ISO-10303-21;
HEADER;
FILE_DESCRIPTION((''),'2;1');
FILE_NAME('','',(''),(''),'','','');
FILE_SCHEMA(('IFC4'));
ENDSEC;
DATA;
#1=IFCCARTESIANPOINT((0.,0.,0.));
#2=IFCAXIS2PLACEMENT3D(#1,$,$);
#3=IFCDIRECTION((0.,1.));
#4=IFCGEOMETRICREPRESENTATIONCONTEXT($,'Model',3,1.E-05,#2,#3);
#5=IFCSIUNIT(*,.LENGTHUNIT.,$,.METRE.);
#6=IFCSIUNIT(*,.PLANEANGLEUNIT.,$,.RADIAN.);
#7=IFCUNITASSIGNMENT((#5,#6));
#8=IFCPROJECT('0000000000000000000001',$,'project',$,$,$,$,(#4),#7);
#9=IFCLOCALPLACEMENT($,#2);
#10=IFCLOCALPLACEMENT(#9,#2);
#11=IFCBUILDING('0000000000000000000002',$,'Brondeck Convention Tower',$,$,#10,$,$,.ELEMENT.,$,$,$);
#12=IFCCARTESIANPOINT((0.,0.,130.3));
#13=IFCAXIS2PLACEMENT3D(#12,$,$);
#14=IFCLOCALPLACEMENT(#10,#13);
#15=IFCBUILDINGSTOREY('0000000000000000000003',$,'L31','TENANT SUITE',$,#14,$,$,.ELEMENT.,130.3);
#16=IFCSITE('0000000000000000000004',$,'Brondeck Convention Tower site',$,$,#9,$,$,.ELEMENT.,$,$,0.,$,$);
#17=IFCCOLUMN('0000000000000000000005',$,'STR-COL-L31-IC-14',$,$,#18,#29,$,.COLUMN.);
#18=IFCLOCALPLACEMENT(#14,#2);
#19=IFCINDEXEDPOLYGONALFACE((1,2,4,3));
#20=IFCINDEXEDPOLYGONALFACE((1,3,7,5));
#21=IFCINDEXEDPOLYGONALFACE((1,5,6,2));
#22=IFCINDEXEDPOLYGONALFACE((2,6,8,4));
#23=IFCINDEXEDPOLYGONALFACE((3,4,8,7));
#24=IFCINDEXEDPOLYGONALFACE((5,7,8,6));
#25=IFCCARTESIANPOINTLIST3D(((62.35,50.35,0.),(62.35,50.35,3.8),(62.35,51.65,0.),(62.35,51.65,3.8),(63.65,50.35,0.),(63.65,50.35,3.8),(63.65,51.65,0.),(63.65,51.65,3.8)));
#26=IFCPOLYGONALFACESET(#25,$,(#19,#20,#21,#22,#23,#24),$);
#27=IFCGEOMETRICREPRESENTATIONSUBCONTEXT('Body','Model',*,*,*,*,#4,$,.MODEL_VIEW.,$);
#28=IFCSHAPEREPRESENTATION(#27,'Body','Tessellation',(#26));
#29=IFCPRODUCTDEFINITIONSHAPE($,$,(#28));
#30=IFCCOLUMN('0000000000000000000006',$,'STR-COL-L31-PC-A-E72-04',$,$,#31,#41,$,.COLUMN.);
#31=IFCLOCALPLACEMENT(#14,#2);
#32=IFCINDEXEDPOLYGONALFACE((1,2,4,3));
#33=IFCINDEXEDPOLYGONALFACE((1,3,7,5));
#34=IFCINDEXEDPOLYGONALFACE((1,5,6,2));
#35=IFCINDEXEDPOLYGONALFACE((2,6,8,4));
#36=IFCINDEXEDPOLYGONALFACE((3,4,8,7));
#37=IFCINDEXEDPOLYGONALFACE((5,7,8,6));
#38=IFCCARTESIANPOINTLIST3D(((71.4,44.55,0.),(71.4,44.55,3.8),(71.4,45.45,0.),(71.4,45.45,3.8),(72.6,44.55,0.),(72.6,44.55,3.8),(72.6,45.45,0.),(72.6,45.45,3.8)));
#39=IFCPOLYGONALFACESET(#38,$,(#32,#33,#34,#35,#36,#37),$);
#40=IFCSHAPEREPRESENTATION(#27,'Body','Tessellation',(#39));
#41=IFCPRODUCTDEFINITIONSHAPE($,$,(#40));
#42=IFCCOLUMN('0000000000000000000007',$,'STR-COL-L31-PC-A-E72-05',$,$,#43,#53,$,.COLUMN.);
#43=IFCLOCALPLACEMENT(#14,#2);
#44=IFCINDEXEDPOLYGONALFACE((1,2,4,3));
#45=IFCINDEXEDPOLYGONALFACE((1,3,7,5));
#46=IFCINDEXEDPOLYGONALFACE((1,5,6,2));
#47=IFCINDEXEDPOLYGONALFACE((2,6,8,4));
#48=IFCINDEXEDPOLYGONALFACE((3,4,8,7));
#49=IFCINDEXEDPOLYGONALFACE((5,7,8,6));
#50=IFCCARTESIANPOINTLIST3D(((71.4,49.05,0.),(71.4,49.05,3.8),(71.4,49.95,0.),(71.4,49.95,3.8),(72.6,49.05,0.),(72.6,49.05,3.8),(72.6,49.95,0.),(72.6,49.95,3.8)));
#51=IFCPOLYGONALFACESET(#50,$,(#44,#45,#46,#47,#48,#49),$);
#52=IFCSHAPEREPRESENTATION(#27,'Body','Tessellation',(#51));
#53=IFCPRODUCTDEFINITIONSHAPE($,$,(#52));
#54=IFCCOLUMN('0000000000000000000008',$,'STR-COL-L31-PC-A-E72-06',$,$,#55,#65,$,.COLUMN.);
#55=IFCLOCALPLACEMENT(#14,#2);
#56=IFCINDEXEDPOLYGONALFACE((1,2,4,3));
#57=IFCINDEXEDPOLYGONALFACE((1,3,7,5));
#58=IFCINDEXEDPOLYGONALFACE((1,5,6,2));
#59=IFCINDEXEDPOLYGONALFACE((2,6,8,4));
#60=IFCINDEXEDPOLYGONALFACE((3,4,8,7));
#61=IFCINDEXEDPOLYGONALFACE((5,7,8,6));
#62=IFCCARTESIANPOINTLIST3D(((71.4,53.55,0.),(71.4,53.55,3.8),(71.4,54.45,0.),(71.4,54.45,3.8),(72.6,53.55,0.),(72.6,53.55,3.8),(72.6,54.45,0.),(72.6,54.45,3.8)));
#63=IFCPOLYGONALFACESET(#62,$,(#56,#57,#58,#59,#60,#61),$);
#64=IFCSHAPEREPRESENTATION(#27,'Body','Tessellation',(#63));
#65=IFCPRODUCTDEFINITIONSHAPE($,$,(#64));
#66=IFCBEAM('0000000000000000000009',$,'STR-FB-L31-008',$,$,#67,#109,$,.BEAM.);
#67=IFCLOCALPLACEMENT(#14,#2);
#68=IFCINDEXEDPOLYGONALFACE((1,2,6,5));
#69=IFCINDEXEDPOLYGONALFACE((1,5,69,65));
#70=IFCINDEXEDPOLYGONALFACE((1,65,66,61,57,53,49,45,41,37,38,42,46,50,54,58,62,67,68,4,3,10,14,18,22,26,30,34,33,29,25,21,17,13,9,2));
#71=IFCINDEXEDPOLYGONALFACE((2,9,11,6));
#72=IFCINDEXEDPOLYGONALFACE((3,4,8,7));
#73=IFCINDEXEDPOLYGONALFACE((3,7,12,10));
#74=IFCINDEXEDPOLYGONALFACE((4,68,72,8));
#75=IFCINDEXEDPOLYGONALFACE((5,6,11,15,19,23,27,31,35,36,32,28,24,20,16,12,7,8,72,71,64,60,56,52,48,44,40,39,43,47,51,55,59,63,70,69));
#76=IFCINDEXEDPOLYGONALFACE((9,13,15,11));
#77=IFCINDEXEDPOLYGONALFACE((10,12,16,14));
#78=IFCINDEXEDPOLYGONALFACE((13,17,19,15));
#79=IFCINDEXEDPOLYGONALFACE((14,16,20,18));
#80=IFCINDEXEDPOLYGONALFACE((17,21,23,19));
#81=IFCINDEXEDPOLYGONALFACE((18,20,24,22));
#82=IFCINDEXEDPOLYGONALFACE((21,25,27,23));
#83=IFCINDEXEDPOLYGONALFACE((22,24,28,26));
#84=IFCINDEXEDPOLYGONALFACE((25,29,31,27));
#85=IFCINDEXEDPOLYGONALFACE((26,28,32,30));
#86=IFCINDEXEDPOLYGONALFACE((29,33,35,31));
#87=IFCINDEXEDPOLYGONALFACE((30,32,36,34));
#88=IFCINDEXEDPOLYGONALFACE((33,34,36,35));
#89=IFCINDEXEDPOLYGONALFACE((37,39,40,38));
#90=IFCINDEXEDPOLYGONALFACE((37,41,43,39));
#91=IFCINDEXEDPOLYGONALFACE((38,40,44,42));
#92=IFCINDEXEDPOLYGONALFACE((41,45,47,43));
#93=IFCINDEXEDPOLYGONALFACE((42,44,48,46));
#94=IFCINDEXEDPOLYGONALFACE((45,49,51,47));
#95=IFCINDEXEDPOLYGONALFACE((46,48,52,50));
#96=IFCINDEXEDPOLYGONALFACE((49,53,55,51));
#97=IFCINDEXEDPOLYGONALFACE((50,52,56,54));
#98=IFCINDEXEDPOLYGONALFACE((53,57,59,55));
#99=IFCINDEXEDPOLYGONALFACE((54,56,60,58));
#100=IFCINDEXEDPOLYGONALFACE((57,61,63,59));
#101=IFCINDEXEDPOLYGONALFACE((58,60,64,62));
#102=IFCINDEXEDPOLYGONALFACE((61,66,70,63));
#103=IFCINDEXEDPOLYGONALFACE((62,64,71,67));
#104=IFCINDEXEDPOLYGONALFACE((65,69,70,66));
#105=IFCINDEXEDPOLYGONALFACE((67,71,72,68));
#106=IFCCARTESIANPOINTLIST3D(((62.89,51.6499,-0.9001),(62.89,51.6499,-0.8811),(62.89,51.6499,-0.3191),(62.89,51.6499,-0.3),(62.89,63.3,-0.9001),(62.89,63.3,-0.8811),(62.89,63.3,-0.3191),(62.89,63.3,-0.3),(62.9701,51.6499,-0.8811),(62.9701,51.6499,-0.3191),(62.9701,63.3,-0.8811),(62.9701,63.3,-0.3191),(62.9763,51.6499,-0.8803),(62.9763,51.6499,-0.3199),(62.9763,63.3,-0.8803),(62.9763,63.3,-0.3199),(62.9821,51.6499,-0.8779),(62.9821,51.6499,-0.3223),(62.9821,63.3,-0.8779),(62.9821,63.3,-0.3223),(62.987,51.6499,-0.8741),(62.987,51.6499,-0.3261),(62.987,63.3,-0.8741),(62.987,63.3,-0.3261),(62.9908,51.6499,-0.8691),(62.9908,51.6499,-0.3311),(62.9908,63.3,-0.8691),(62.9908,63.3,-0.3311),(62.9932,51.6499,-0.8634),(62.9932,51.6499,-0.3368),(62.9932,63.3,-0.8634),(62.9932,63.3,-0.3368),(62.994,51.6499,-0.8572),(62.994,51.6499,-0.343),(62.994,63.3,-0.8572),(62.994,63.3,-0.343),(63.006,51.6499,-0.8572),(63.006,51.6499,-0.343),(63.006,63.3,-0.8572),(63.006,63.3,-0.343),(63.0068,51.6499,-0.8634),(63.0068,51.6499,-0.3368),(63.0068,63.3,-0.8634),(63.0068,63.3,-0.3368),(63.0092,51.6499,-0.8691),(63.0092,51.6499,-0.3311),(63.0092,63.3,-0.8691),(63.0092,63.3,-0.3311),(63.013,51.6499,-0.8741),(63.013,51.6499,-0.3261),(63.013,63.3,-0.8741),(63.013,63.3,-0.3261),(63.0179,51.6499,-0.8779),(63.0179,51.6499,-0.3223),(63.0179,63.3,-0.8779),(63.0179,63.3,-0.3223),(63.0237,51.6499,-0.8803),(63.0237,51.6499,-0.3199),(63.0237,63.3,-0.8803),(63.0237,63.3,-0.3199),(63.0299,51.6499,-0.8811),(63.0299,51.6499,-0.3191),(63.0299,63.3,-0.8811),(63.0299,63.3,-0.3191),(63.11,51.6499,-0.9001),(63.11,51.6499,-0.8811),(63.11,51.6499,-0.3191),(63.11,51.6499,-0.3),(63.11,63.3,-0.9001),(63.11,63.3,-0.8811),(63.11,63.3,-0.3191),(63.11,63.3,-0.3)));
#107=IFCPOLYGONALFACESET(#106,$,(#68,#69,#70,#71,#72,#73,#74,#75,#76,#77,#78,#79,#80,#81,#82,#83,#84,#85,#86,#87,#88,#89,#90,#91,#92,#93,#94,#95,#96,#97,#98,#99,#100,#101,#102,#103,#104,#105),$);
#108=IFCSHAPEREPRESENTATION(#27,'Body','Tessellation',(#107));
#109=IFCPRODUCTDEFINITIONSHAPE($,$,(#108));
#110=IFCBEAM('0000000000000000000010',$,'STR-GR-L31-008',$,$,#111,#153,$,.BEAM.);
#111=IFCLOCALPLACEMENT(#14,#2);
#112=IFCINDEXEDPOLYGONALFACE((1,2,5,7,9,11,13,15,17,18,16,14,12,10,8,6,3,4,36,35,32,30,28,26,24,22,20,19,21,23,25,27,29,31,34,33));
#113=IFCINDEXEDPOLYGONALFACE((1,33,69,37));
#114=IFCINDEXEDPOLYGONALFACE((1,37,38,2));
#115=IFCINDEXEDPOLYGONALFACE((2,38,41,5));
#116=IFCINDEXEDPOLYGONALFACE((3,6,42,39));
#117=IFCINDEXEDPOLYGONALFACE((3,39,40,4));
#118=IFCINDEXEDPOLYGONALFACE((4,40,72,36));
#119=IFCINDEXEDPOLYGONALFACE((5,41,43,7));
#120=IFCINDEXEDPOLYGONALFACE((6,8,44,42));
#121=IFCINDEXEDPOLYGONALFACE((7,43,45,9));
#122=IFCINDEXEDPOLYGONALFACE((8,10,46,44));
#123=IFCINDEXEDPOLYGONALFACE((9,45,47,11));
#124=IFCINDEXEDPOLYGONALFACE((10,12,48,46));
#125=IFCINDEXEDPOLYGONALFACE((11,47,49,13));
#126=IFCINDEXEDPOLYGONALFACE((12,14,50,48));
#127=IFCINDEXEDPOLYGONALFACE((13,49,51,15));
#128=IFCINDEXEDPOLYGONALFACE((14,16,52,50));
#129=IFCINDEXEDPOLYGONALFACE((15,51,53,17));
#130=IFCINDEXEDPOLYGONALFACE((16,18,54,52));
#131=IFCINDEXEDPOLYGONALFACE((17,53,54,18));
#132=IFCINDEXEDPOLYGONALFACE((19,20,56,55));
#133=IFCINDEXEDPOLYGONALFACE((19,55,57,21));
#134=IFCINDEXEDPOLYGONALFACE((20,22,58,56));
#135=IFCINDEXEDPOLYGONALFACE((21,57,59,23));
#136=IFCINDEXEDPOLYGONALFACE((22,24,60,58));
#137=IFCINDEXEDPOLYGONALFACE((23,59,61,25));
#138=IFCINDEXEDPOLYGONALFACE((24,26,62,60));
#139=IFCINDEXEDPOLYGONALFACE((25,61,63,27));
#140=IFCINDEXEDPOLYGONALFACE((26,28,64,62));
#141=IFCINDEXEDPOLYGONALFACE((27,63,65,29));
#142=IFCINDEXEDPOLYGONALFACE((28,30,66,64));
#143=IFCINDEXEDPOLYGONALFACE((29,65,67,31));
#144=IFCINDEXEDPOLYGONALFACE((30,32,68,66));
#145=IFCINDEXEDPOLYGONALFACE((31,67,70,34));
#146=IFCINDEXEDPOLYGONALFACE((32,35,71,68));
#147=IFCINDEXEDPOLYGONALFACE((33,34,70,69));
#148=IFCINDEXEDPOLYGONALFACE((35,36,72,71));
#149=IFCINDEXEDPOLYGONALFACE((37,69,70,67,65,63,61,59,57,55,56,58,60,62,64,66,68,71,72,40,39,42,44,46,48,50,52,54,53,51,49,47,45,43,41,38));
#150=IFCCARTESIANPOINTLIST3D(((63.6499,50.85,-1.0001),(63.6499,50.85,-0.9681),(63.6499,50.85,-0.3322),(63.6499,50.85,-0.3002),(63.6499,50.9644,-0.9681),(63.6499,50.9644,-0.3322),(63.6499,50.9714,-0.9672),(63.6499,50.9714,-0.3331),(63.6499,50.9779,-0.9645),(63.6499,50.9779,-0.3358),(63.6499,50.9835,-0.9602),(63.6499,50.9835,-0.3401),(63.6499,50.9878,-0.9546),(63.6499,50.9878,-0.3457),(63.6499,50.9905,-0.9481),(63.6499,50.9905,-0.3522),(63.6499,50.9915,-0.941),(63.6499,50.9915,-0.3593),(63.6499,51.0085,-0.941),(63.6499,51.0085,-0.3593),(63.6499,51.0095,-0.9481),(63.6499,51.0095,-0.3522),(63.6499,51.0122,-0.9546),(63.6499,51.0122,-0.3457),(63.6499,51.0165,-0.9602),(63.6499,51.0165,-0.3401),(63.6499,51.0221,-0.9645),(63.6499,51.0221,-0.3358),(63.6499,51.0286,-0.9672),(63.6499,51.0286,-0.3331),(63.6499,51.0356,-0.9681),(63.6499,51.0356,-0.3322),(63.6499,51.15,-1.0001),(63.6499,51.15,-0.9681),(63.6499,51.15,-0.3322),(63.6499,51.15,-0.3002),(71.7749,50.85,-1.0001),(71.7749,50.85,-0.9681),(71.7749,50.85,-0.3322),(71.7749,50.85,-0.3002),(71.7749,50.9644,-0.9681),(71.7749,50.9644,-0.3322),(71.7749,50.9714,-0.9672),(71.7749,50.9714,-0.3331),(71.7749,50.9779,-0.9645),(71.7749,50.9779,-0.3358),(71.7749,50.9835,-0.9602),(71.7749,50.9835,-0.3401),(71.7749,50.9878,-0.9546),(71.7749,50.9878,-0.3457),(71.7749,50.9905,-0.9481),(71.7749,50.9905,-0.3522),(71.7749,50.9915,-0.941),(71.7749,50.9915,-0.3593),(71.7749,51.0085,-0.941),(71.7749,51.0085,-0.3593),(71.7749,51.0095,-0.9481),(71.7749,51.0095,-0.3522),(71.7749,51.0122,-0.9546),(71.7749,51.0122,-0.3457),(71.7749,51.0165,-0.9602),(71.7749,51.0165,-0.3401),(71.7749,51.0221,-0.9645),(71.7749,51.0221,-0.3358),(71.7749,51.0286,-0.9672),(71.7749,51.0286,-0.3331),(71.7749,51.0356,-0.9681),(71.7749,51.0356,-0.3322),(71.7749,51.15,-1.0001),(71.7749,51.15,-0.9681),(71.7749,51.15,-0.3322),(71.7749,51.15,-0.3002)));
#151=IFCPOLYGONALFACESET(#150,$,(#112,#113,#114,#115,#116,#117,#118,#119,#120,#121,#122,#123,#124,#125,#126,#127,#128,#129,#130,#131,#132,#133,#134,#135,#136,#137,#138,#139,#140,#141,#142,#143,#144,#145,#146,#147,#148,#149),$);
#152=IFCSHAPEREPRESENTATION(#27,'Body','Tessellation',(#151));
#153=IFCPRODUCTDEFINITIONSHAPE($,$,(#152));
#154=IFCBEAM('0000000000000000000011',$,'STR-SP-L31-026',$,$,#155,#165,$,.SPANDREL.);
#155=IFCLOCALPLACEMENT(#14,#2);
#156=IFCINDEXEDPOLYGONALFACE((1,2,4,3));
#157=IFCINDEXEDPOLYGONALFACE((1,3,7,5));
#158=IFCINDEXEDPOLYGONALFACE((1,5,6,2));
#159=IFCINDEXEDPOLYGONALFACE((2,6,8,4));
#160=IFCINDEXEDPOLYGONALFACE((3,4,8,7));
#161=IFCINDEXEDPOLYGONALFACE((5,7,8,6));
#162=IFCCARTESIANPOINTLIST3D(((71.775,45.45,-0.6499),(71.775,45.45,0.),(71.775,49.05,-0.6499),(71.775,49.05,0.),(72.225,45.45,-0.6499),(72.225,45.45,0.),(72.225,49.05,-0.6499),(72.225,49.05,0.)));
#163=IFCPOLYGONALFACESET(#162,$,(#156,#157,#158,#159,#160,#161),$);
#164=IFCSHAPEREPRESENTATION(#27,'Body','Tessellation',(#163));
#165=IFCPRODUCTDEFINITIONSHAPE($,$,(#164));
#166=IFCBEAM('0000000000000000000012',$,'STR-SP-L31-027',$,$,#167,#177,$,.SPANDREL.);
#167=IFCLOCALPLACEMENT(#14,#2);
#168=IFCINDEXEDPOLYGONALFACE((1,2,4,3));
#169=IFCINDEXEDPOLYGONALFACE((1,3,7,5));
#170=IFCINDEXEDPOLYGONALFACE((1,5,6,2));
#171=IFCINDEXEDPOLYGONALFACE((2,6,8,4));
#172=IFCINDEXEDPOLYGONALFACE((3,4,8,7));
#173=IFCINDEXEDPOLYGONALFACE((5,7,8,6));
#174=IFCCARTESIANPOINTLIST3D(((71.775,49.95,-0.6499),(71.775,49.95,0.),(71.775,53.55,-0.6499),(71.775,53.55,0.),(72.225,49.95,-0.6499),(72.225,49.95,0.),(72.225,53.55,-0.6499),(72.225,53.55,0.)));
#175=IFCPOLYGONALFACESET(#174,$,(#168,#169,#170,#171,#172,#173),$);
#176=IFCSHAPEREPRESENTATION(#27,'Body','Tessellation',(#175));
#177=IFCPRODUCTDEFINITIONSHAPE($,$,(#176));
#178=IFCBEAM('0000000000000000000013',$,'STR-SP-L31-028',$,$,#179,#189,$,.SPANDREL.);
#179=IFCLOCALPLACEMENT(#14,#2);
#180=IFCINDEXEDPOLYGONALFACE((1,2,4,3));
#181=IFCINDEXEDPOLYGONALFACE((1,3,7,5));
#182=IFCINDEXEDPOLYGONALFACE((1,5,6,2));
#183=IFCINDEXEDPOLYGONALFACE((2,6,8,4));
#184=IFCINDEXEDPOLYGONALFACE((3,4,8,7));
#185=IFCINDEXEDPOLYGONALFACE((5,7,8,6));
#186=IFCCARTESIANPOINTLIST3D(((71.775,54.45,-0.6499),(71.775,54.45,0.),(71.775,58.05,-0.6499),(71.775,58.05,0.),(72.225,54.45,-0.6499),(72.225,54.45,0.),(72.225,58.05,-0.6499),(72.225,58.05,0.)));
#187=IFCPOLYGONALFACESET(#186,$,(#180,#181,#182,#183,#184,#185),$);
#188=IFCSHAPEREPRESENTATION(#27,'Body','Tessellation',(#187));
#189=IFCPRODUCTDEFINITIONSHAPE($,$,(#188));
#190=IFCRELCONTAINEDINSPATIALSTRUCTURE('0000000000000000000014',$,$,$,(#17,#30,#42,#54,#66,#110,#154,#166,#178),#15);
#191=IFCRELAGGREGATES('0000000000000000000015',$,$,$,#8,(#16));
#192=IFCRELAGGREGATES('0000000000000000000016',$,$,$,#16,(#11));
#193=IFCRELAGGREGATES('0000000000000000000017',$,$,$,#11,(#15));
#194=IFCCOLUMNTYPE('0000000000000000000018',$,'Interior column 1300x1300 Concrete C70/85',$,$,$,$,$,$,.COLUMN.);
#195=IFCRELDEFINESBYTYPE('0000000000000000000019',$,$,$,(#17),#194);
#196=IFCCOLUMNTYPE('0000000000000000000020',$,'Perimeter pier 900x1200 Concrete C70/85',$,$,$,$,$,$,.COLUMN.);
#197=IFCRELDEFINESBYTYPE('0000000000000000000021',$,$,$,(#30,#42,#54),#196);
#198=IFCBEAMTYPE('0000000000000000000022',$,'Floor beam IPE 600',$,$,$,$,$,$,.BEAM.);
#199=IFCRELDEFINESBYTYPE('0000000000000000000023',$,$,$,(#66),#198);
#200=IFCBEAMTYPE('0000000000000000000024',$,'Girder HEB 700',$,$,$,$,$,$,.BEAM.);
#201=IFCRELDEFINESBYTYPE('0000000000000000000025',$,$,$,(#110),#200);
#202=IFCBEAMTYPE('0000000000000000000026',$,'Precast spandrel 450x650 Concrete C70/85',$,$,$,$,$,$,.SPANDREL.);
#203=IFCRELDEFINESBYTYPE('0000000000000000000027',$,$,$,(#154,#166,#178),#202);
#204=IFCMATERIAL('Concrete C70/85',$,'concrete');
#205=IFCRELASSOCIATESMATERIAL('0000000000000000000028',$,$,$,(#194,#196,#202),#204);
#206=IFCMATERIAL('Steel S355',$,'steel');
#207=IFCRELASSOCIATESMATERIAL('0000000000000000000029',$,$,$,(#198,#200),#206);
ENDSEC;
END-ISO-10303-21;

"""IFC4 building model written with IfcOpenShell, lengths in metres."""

from ifc_helpers import new_model, si_unit, direction, frame, origin, origin_2d, place, context, subcontext, project, spatial, rectangle, i_section, extrude, material, material_profile, profile_set, type_object, element, save


model = new_model("IFC4")

# Units and contexts
model_context = context("Model", 3, precision=1e-05, world=origin(), true_north=direction((0.0, 1.0)))
body_context = subcontext(model_context, "Body", "Model", "MODEL_VIEW")
ifc_project = project(units=[si_unit("LENGTHUNIT", "METRE"), si_unit("PLANEANGLEUNIT", "RADIAN")], contexts=[model_context])

# Site, building, storey
site_placement = place(None, origin())
site = spatial("IfcSite", under=ifc_project, at=site_placement, Name="Brondeck Convention Tower site", CompositionType="ELEMENT", RefElevation=0.0)
building_placement = place(site_placement, origin())
building = spatial("IfcBuilding", under=site, at=building_placement, Name="Brondeck Convention Tower", CompositionType="ELEMENT")
storey_placement = place(building_placement, frame((0.0, 0.0, 130.3)))
storey = spatial("IfcBuildingStorey", under=building, at=storey_placement, Name="L31", Description="TENANT SUITE", CompositionType="ELEMENT", Elevation=130.3)

# Columns
ifc_material_1 = material(Name="Concrete C70/85", Category="concrete")
ifc_material_profile_1 = material_profile(ifc_material_1, rectangle(XDim=1.3, YDim=1.3, at=origin_2d()), Name="Interior column 1300x1300 Concrete C70/85")
ifc_profile_set_1 = profile_set([ifc_material_profile_1], Name="Concrete C70/85")
column_type_1 = type_object("IfcColumnType", Name="Interior column 1300x1300 Concrete C70/85", PredefinedType="COLUMN", material=ifc_profile_set_1)
column_placement = place(storey_placement, frame((63.0, 51.0, 0.0), z_axis=(0.0, 0.0, 1.0), x_axis=(1.0, 0.0, 0.0)))
element("IfcColumn", 1, at=column_placement, inside=storey, type_object=column_type_1, Name="STR-COL-L31-IC-14", PredefinedType="COLUMN", context=body_context, shape_type="SweptSolid", body=[
    extrude(rectangle(XDim=1.3, YDim=1.3, at=origin_2d()), origin(), (0.0, 0.0, 1.0), 3.8),
])
ifc_material_profile_2 = material_profile(ifc_material_1, rectangle(XDim=0.8999, YDim=1.2, at=origin_2d()), Name="Perimeter pier 900x1200 Concrete C70/85")
ifc_profile_set_2 = profile_set([ifc_material_profile_2], Name="Concrete C70/85")
column_type_2 = type_object("IfcColumnType", Name="Perimeter pier 900x1200 Concrete C70/85", PredefinedType="COLUMN", material=ifc_profile_set_2)
for number, where, z_axis, x_axis, name in (
    (2, (72.0, 45.0, 0.0), (0.0, 0.0, 1.0), (0.0, 1.0, 0.0), "STR-COL-L31-PC-A-E72-04"),
    (3, (72.0, 49.5, 0.0), (0.0, 0.0, 1.0), (0.0, 1.0, 0.0), "STR-COL-L31-PC-A-E72-05"),
    (4, (72.0, 54.0, 0.0), (0.0, 0.0, 1.0), (0.0, 1.0, 0.0), "STR-COL-L31-PC-A-E72-06"),
):
    element("IfcColumn", number, at=place(storey_placement, frame(where, z_axis=z_axis, x_axis=x_axis)), inside=storey, type_object=column_type_2, Name=name, PredefinedType="COLUMN", context=body_context, shape_type="SweptSolid", body=[
        extrude(rectangle(XDim=0.8999, YDim=1.2, at=origin_2d()), origin(), (0.0, 0.0, 1.0), 3.8),
    ])

# Beams
ifc_material_2 = material(Name="Steel S355", Category="steel")
ifc_material_profile_3 = material_profile(ifc_material_2, i_section(OverallWidth=0.22, OverallDepth=0.6001, WebThickness=0.012, FlangeThickness=0.019, FilletRadius=0.0239, at=origin_2d()), Name="IPE 600")
ifc_profile_set_3 = profile_set([ifc_material_profile_3], Name="Steel S355")
beam_type_1 = type_object("IfcBeamType", Name="Floor beam IPE 600", PredefinedType="BEAM", material=ifc_profile_set_3)
beam_1_placement = place(storey_placement, frame((63.0, 51.6499, -0.6001), z_axis=(0.0, 1.0, 0.0), x_axis=(-1.0, 0.0, 0.0)))
element("IfcBeam", 5, at=beam_1_placement, inside=storey, type_object=beam_type_1, Name="STR-FB-L31-008", PredefinedType="BEAM", context=body_context, shape_type="SweptSolid", body=[
    extrude(i_section(OverallWidth=0.22, OverallDepth=0.6001, WebThickness=0.012, FlangeThickness=0.019, FilletRadius=0.0239, at=origin_2d()), origin(), (0.0, 0.0, 1.0), 11.6501),
])
ifc_material_profile_4 = material_profile(ifc_material_2, i_section(OverallWidth=0.3, OverallDepth=0.7, WebThickness=0.0171, FlangeThickness=0.032, FilletRadius=0.0271, at=origin_2d()), Name="HEB 700")
ifc_profile_set_4 = profile_set([ifc_material_profile_4], Name="Steel S355")
beam_type_2 = type_object("IfcBeamType", Name="Girder HEB 700", PredefinedType="BEAM", material=ifc_profile_set_4)
beam_2_placement = place(storey_placement, frame((63.6499, 51.0, -0.6501), z_axis=(1.0, 0.0, 0.0), x_axis=(0.0, 1.0, 0.0)))
element("IfcBeam", 6, at=beam_2_placement, inside=storey, type_object=beam_type_2, Name="STR-GR-L31-008", PredefinedType="BEAM", context=body_context, shape_type="SweptSolid", body=[
    extrude(i_section(OverallWidth=0.3, OverallDepth=0.7, WebThickness=0.0171, FlangeThickness=0.032, FilletRadius=0.0271, at=origin_2d()), origin(), (0.0, 0.0, 1.0), 8.125),
])
ifc_material_profile_5 = material_profile(ifc_material_1, rectangle(XDim=0.45, YDim=0.6499, at=origin_2d()), Name="Precast spandrel 450x650 Concrete C70/85")
ifc_profile_set_5 = profile_set([ifc_material_profile_5], Name="Concrete C70/85")
beam_type_3 = type_object("IfcBeamType", Name="Precast spandrel 450x650 Concrete C70/85", PredefinedType="SPANDREL", material=ifc_profile_set_5)
for number, where, z_axis, x_axis, name in (
    (7, (72.0, 45.45, -0.325), (0.0, 1.0, 0.0), (-1.0, 0.0, 0.0), "STR-SP-L31-026"),
    (8, (72.0, 49.95, -0.325), (0.0, 1.0, 0.0), (-1.0, 0.0, 0.0), "STR-SP-L31-027"),
    (9, (72.0, 54.45, -0.325), (0.0, 1.0, 0.0), (-1.0, 0.0, 0.0), "STR-SP-L31-028"),
):
    element("IfcBeam", number, at=place(storey_placement, frame(where, z_axis=z_axis, x_axis=x_axis)), inside=storey, type_object=beam_type_3, Name=name, PredefinedType="SPANDREL", context=body_context, shape_type="SweptSolid", body=[
        extrude(rectangle(XDim=0.45, YDim=0.6499, at=origin_2d()), origin(), (0.0, 0.0, 1.0), 3.6001),
    ])

save(model, "model.ifc")
